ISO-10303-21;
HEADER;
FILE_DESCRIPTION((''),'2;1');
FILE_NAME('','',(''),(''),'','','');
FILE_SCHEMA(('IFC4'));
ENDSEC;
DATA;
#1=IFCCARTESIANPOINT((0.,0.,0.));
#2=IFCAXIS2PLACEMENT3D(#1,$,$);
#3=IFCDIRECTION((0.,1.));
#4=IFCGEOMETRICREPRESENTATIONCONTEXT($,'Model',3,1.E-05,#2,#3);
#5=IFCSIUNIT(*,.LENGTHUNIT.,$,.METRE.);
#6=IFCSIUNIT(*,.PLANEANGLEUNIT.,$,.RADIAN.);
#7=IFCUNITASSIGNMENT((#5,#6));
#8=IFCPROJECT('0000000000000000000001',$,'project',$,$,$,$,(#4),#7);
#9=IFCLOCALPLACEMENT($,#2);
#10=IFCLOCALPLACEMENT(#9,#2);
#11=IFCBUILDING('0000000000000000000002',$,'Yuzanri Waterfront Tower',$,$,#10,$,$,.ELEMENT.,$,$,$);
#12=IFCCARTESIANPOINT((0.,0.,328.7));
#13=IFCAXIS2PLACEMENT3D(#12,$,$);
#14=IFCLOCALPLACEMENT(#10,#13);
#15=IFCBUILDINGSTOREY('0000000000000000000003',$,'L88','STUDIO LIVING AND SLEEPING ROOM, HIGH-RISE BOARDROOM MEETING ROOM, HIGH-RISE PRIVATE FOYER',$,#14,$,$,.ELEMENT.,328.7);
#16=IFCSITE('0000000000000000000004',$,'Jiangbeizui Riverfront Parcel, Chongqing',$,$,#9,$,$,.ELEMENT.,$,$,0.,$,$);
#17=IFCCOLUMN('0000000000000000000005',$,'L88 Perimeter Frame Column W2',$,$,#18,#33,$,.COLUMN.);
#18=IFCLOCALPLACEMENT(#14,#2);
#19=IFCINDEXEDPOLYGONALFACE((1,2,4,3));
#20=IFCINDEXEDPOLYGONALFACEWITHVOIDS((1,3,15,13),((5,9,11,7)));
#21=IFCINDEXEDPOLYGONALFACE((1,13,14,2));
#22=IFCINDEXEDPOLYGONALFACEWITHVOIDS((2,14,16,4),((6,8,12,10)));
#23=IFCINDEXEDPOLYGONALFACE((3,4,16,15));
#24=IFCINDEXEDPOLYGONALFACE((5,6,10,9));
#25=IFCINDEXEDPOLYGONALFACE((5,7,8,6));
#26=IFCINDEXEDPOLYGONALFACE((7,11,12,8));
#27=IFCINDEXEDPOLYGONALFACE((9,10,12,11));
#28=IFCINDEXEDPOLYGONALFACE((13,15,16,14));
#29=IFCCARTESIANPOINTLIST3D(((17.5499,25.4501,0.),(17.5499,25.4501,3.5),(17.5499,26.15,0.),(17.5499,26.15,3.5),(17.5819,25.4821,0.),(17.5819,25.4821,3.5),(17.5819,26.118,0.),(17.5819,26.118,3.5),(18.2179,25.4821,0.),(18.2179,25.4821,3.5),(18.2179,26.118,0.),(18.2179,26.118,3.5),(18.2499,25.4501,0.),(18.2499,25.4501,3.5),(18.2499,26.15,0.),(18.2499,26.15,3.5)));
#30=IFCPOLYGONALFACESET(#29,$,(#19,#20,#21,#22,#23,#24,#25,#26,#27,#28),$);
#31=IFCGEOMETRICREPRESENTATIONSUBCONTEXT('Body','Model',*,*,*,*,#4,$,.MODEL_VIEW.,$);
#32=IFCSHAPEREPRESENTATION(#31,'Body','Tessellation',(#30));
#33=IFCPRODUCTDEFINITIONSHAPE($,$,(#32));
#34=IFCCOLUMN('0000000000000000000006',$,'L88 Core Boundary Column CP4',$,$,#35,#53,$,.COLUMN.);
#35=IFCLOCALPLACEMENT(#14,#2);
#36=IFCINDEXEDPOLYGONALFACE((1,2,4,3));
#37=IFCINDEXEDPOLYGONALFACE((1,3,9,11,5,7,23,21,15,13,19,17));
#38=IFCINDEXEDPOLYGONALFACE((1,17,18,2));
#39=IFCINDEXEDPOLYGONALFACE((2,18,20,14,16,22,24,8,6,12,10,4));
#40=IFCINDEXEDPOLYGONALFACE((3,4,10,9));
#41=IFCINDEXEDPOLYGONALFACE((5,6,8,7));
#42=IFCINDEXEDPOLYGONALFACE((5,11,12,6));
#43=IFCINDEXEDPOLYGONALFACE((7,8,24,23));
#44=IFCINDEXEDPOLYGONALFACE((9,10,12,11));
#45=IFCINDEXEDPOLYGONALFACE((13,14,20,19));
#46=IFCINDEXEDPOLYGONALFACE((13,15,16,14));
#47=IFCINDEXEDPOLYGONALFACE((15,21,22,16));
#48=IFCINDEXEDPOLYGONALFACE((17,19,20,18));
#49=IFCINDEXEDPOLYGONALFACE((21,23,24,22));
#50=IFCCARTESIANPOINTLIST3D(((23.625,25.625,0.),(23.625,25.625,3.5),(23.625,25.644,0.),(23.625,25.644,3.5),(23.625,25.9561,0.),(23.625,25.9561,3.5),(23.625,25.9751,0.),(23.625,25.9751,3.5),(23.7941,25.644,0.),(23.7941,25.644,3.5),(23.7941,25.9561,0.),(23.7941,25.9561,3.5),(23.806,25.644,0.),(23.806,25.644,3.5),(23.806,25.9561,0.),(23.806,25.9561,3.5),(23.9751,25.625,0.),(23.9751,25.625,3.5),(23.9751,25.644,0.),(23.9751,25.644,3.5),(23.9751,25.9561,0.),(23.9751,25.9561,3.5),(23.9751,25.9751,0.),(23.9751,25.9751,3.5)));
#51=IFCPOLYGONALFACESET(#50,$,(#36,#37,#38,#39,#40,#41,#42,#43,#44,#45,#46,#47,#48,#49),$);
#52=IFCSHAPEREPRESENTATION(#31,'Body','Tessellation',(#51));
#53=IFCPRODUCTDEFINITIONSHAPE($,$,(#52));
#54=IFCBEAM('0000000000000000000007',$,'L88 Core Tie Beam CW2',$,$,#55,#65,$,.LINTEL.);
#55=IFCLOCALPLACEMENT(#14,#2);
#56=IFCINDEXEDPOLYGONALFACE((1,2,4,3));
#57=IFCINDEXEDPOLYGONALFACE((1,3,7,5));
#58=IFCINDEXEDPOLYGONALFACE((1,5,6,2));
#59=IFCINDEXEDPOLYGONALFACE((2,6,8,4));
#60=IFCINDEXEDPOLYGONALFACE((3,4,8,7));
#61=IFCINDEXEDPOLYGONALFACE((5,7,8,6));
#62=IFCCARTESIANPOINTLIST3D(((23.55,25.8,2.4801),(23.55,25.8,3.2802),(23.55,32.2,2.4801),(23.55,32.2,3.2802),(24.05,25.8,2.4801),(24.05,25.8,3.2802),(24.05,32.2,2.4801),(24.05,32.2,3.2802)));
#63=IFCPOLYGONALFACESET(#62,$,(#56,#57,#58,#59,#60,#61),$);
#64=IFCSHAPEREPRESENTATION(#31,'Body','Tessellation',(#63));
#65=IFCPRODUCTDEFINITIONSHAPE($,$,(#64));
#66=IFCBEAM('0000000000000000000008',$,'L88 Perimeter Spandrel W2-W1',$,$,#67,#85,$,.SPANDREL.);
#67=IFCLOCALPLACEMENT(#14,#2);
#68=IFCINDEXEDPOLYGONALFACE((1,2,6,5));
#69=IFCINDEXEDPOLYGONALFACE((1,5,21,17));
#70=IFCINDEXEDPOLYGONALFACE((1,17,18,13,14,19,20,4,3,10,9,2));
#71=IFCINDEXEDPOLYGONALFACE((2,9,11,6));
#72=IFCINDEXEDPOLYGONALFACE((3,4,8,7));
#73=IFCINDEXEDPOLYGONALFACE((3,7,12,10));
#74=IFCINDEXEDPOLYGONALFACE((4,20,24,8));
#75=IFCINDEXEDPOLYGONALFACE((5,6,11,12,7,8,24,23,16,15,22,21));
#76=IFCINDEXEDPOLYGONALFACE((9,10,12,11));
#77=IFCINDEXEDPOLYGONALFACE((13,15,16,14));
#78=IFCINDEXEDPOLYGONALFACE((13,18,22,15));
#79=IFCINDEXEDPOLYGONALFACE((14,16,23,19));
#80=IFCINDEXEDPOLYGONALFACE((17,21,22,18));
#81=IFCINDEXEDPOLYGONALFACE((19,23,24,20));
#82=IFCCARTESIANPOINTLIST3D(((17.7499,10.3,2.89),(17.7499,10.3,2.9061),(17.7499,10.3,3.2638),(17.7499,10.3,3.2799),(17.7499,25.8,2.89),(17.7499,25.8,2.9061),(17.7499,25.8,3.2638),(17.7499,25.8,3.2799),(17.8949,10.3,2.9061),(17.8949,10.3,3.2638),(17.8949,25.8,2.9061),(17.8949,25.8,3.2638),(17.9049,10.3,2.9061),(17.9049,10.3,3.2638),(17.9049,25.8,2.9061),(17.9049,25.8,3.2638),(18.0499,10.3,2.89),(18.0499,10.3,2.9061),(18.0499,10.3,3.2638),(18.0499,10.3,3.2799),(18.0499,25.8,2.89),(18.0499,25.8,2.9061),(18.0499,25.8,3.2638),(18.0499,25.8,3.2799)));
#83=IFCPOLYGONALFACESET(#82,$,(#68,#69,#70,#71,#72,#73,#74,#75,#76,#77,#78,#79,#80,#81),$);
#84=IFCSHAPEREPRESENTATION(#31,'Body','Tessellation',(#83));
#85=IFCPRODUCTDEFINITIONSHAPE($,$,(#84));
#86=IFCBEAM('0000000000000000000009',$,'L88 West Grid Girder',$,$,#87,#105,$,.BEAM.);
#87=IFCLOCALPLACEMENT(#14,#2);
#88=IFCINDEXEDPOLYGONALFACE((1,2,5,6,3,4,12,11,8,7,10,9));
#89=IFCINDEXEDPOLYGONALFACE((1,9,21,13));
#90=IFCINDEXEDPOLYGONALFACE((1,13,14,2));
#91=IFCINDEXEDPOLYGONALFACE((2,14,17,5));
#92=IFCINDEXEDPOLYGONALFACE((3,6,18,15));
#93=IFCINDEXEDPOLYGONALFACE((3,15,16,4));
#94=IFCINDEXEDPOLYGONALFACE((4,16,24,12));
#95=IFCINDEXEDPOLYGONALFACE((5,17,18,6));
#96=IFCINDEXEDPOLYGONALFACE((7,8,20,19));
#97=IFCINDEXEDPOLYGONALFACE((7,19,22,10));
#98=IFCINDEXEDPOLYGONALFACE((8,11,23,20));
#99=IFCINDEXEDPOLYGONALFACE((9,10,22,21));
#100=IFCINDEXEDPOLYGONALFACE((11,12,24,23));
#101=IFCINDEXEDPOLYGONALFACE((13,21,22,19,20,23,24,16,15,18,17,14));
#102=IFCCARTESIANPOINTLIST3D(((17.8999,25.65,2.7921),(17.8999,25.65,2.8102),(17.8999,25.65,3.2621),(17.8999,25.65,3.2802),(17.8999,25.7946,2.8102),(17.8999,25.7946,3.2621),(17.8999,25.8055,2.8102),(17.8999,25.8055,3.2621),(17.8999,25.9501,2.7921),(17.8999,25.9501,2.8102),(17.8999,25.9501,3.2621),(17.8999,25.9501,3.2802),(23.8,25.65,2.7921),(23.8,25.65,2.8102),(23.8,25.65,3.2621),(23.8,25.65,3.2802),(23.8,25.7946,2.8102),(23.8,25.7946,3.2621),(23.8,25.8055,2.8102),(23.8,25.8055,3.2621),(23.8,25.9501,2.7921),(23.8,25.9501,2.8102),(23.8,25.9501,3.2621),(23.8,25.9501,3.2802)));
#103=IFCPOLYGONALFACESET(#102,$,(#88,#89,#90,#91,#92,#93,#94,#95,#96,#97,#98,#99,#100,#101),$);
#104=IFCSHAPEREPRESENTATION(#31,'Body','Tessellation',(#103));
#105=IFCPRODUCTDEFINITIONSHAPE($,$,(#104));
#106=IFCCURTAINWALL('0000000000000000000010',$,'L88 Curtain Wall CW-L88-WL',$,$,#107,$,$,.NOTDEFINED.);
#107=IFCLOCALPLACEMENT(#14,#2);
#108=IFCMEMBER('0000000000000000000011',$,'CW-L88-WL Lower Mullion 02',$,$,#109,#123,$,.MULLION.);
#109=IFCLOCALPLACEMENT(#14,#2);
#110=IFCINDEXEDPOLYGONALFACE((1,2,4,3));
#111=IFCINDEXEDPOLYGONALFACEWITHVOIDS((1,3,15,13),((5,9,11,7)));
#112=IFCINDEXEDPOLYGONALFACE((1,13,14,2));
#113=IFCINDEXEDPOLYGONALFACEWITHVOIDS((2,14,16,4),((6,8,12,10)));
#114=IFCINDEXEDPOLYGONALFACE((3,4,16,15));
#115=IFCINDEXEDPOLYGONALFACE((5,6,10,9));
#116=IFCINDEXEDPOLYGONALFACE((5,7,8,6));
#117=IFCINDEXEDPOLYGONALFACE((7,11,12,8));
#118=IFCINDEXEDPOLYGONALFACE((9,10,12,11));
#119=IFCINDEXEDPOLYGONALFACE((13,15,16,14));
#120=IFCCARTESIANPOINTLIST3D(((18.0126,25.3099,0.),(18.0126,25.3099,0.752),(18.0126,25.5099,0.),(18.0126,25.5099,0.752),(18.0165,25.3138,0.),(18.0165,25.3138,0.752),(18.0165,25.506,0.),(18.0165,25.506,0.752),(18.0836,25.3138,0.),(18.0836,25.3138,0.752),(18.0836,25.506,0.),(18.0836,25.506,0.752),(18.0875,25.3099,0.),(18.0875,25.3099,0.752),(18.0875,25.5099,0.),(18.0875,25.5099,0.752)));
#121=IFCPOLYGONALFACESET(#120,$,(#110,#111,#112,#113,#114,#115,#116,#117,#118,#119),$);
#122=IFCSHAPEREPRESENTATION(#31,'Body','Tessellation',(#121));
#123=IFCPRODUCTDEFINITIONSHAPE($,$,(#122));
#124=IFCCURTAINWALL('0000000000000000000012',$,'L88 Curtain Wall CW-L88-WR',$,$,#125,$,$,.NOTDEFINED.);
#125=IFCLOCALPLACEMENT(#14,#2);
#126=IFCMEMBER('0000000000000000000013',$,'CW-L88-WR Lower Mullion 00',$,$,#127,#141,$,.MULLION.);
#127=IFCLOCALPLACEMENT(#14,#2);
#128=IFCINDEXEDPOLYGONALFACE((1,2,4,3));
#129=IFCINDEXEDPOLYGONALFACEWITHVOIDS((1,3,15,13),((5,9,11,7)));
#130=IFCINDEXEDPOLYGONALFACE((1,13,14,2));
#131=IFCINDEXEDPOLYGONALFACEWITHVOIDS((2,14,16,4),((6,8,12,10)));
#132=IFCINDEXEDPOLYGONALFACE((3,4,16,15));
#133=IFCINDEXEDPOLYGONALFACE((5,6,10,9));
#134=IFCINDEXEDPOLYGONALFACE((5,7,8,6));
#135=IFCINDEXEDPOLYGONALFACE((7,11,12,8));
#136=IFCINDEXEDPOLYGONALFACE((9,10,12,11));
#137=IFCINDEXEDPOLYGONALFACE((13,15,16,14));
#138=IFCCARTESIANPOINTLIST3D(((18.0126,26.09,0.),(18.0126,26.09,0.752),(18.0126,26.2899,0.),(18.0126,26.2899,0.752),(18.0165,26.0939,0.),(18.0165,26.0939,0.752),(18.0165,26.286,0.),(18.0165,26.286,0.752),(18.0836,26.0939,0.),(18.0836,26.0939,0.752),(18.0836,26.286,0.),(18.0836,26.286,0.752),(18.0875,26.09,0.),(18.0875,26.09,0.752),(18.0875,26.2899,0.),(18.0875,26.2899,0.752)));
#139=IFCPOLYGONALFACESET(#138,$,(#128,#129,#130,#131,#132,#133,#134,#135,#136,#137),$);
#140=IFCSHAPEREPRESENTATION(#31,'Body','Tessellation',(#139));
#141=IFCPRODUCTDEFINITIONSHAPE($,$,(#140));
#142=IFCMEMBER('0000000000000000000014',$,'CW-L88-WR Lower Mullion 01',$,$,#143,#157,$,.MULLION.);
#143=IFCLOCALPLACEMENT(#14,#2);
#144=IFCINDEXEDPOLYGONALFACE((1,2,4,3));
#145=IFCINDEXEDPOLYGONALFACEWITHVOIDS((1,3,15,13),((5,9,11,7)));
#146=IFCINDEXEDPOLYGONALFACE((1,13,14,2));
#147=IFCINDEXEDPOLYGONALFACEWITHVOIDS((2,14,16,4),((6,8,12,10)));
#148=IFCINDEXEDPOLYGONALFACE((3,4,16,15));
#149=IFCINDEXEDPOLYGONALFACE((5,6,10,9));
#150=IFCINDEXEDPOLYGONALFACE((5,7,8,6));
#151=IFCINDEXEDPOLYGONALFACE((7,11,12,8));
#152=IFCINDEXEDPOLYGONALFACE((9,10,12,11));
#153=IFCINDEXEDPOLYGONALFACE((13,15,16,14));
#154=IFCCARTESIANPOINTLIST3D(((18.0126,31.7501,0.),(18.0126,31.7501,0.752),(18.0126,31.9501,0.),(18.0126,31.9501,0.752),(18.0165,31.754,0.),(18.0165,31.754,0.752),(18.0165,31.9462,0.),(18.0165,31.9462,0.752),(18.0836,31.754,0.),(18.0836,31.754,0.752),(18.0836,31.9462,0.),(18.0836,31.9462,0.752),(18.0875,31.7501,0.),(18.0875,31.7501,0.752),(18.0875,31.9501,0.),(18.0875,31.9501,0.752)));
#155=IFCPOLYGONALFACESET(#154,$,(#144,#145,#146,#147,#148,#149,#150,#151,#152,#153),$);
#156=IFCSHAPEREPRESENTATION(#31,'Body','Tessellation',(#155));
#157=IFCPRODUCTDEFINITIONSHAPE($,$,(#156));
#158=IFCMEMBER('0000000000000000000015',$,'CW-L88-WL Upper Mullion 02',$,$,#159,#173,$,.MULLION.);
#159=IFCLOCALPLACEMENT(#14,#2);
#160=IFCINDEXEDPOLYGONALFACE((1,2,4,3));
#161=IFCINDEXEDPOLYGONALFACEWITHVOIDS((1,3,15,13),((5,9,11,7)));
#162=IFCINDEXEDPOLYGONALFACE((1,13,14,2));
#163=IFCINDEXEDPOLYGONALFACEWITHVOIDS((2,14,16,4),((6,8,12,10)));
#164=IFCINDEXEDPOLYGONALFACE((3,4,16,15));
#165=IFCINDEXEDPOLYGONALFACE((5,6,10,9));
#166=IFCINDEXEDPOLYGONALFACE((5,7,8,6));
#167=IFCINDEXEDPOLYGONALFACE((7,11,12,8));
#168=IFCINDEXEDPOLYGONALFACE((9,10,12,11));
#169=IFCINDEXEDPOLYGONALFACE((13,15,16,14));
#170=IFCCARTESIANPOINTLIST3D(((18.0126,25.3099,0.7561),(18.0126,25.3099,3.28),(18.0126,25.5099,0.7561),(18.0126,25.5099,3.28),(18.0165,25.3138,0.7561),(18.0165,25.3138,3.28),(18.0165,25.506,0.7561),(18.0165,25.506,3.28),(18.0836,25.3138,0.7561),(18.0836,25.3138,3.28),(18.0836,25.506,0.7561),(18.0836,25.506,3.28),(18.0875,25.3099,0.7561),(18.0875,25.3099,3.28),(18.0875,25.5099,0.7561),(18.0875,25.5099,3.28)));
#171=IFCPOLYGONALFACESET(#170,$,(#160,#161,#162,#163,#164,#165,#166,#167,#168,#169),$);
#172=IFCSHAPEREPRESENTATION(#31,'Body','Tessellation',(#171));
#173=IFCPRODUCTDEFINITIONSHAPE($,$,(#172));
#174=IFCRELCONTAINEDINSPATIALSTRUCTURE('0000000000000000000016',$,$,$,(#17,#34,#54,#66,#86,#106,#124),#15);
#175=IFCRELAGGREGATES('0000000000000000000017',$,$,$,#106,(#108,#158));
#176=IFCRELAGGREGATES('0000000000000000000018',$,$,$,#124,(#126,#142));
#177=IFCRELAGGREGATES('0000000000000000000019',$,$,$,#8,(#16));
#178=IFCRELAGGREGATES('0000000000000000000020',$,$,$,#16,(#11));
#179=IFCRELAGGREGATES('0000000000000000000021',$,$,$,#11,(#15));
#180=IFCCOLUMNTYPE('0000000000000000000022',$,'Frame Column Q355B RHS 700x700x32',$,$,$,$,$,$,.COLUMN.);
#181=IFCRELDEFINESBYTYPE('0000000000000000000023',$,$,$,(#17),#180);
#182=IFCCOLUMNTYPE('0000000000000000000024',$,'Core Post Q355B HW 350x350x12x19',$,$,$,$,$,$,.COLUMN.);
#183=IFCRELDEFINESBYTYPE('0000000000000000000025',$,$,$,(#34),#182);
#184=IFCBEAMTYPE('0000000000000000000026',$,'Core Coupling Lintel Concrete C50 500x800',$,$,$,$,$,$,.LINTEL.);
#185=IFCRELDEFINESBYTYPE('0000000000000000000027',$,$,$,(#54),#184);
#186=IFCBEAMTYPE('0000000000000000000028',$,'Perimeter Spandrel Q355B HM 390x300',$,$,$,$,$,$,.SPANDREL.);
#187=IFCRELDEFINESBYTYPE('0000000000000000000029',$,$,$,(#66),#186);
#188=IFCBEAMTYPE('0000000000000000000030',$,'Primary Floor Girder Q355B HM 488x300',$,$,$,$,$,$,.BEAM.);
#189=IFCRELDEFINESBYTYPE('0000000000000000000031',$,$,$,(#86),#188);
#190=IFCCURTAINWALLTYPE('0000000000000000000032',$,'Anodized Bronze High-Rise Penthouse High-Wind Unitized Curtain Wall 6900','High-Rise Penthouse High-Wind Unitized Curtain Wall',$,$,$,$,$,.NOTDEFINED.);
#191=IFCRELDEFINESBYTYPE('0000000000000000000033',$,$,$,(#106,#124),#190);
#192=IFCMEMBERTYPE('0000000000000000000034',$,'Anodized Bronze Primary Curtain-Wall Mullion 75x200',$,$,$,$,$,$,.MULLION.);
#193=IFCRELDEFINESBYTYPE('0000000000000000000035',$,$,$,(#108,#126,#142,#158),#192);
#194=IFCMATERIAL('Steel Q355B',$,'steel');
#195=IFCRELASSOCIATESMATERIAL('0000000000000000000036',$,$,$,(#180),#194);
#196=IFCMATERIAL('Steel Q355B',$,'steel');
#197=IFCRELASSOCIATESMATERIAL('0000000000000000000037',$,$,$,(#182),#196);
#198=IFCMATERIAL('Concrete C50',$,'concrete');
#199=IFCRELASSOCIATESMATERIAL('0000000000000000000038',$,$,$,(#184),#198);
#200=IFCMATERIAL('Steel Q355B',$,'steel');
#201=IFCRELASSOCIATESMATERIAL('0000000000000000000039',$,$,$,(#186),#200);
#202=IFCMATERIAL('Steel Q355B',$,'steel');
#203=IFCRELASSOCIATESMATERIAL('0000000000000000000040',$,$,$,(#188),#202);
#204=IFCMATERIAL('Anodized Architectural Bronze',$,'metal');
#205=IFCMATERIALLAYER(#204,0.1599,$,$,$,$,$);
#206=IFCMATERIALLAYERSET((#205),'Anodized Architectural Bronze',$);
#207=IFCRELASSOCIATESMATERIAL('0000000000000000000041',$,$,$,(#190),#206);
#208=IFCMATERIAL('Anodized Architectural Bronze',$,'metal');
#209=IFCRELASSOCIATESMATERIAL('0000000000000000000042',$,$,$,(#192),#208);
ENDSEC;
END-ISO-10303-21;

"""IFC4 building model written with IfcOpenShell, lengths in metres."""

from ifc_helpers import new_model, si_unit, direction, frame, origin, origin_2d, place, context, subcontext, project, spatial, rectangle, hollow_rectangle, i_section, extrude, source, transform, mapped, material, layer, layer_set, material_profile, profile_set, type_object, element, aggregate, save


model = new_model("IFC4")

# Units and contexts
model_context = context("Model", 3, precision=1e-05, world=origin(), true_north=direction((0.0, 1.0)))
body_context = subcontext(model_context, "Body", "Model", "MODEL_VIEW")
ifc_project = project(units=[si_unit("LENGTHUNIT", "METRE"), si_unit("PLANEANGLEUNIT", "RADIAN")], contexts=[model_context])

# Site, building, storey
site_placement = place(None, origin())
site = spatial("IfcSite", under=ifc_project, at=site_placement, Name="Jiangbeizui Riverfront Parcel, Chongqing", CompositionType="ELEMENT", RefElevation=0.0)
building_placement = place(site_placement, origin())
building = spatial("IfcBuilding", under=site, at=building_placement, Name="Yuzanri Waterfront Tower", CompositionType="ELEMENT")
storey_placement = place(building_placement, frame((0.0, 0.0, 328.7)))
storey = spatial("IfcBuildingStorey", under=building, at=storey_placement, Name="L88", Description="STUDIO LIVING AND SLEEPING ROOM, HIGH-RISE BOARDROOM MEETING ROOM, HIGH-RISE PRIVATE FOYER", CompositionType="ELEMENT", Elevation=328.7)

# Columns
ifc_material_1 = material(Name="Steel Q355B", Category="steel")
ifc_material_profile_1 = material_profile(ifc_material_1, hollow_rectangle(XDim=0.7, YDim=0.7, WallThickness=0.032, at=origin_2d()), Name="RHS 700x700x32")
ifc_profile_set_1 = profile_set([ifc_material_profile_1], Name="Steel Q355B")
column_type_1 = type_object("IfcColumnType", Name="Frame Column Q355B RHS 700x700x32", PredefinedType="COLUMN", material=ifc_profile_set_1)
shared_shape_1 = source(origin(), body_context, "Body", "SweptSolid", [
    extrude(hollow_rectangle(XDim=0.7, YDim=0.7, WallThickness=0.032, at=origin_2d()), origin(), (0.0, 0.0, 1.0), 3.5),
])
column_1_placement = place(storey_placement, frame((17.8999, 25.8, 0.0), z_axis=(0.0, 0.0, 1.0), x_axis=(1.0, 0.0, 0.0)))
element("IfcColumn", 1, at=column_1_placement, inside=storey, type_object=column_type_1, Name="L88 Perimeter Frame Column W2", PredefinedType="COLUMN", context=body_context, shape_type="MappedRepresentation", body=[
    mapped(shared_shape_1, transform((0.0, 0.0, 0.0), scale=1.0)),
])
ifc_material_2 = material(Name="Steel Q355B", Category="steel")
ifc_material_profile_2 = material_profile(ifc_material_2, i_section(OverallWidth=0.3501, OverallDepth=0.3501, WebThickness=0.012, FlangeThickness=0.019, at=origin_2d()), Name="HW 350x350x12x19")
ifc_profile_set_2 = profile_set([ifc_material_profile_2], Name="Steel Q355B")
column_type_2 = type_object("IfcColumnType", Name="Core Post Q355B HW 350x350x12x19", PredefinedType="COLUMN", material=ifc_profile_set_2)
shared_shape_2 = source(origin(), body_context, "Body", "SweptSolid", [
    extrude(i_section(OverallWidth=0.3501, OverallDepth=0.3501, WebThickness=0.012, FlangeThickness=0.019, at=origin_2d()), origin(), (0.0, 0.0, 1.0), 3.5),
])
column_2_placement = place(storey_placement, frame((23.8, 25.8, 0.0), z_axis=(0.0, 0.0, 1.0), x_axis=(1.0, 0.0, 0.0)))
element("IfcColumn", 2, at=column_2_placement, inside=storey, type_object=column_type_2, Name="L88 Core Boundary Column CP4", PredefinedType="COLUMN", context=body_context, shape_type="MappedRepresentation", body=[
    mapped(shared_shape_2, transform((0.0, 0.0, 0.0), scale=1.0)),
])

# Beams
ifc_material_3 = material(Name="Concrete C50", Category="concrete")
ifc_material_profile_3 = material_profile(ifc_material_3, rectangle(XDim=0.5, YDim=0.8, at=origin_2d()), Name="RC 500x800")
ifc_profile_set_3 = profile_set([ifc_material_profile_3], Name="Concrete C50")
beam_type_1 = type_object("IfcBeamType", Name="Core Coupling Lintel Concrete C50 500x800", PredefinedType="LINTEL", material=ifc_profile_set_3)
shared_shape_3 = source(origin(), body_context, "Body", "SweptSolid", [
    extrude(rectangle(XDim=0.5, YDim=0.8, at=origin_2d()), origin(), (0.0, 0.0, 1.0), 6.3999),
])
beam_1_placement = place(storey_placement, frame((23.8, 25.8, 2.8801), z_axis=(0.0, 1.0, 0.0), x_axis=(-1.0, 0.0, 0.0)))
element("IfcBeam", 3, at=beam_1_placement, inside=storey, type_object=beam_type_1, Name="L88 Core Tie Beam CW2", PredefinedType="LINTEL", context=body_context, shape_type="MappedRepresentation", body=[
    mapped(shared_shape_3, transform((0.0, 0.0, 0.0), scale=1.0)),
])
ifc_material_4 = material(Name="Steel Q355B", Category="steel")
ifc_material_profile_4 = material_profile(ifc_material_4, i_section(OverallWidth=0.3, OverallDepth=0.3899, WebThickness=0.01, FlangeThickness=0.0161, at=origin_2d()), Name="HM 390x300x10x16")
ifc_profile_set_4 = profile_set([ifc_material_profile_4], Name="Steel Q355B")
beam_type_2 = type_object("IfcBeamType", Name="Perimeter Spandrel Q355B HM 390x300", PredefinedType="SPANDREL", material=ifc_profile_set_4)
shared_shape_4 = source(origin(), body_context, "Body", "SweptSolid", [
    extrude(i_section(OverallWidth=0.3, OverallDepth=0.3899, WebThickness=0.01, FlangeThickness=0.0161, at=origin_2d()), origin(), (0.0, 0.0, 1.0), 15.5),
])
beam_2_placement = place(storey_placement, frame((17.8999, 25.8, 3.085), z_axis=(0.0, -1.0, 0.0), x_axis=(1.0, 0.0, 0.0)))
element("IfcBeam", 4, at=beam_2_placement, inside=storey, type_object=beam_type_2, Name="L88 Perimeter Spandrel W2-W1", PredefinedType="SPANDREL", context=body_context, shape_type="MappedRepresentation", body=[
    mapped(shared_shape_4, transform((0.0, 0.0, 0.0), scale=1.0)),
])
ifc_material_5 = material(Name="Steel Q355B", Category="steel")
ifc_material_profile_5 = material_profile(ifc_material_5, i_section(OverallWidth=0.3, OverallDepth=0.488, WebThickness=0.011, FlangeThickness=0.0181, at=origin_2d()), Name="HM 488x300x11x18")
ifc_profile_set_5 = profile_set([ifc_material_profile_5], Name="Steel Q355B")
beam_type_3 = type_object("IfcBeamType", Name="Primary Floor Girder Q355B HM 488x300", PredefinedType="BEAM", material=ifc_profile_set_5)
shared_shape_5 = source(origin(), body_context, "Body", "SweptSolid", [
    extrude(i_section(OverallWidth=0.3, OverallDepth=0.488, WebThickness=0.011, FlangeThickness=0.0181, at=origin_2d()), origin(), (0.0, 0.0, 1.0), 5.9001),
])
beam_3_placement = place(storey_placement, frame((23.8, 25.8, 3.0361), z_axis=(-1.0, 0.0, 0.0), x_axis=(0.0, -1.0, 0.0)))
element("IfcBeam", 5, at=beam_3_placement, inside=storey, type_object=beam_type_3, Name="L88 West Grid Girder", PredefinedType="BEAM", context=body_context, shape_type="MappedRepresentation", body=[
    mapped(shared_shape_5, transform((0.0, 0.0, 0.0), scale=1.0)),
])

# Curtain wall, member
ifc_material_6 = material(Name="Anodized Architectural Bronze", Category="metal")
ifc_layer_1 = layer(ifc_material_6, 0.1599)
ifc_layer_set_1 = layer_set([ifc_layer_1], Name="Anodized Architectural Bronze")
curtain_wall_type = type_object("IfcCurtainWallType", Name="Anodized Bronze High-Rise Penthouse High-Wind Unitized Curtain Wall 6900", Description="High-Rise Penthouse High-Wind Unitized Curtain Wall", PredefinedType="NOTDEFINED", material=ifc_layer_set_1)
curtain_wall_1_placement = place(storey_placement, origin())
curtain_wall_1 = element("IfcCurtainWall", 6, at=curtain_wall_1_placement, inside=storey, type_object=curtain_wall_type, Name="L88 Curtain Wall CW-L88-WL", PredefinedType="NOTDEFINED")
ifc_material_7 = material(Name="Anodized Architectural Bronze", Category="metal")
ifc_material_profile_6 = material_profile(ifc_material_7, hollow_rectangle(XDim=0.075, YDim=0.2, WallThickness=0.0039, at=origin_2d()), Name="CWM 75x200")
ifc_profile_set_6 = profile_set([ifc_material_profile_6], Name="Anodized Architectural Bronze")
member_type_1 = type_object("IfcMemberType", Name="Anodized Bronze Primary Curtain-Wall Mullion 75x200", PredefinedType="MULLION", material=ifc_profile_set_6)
shared_shape_6 = source(origin(), body_context, "Body", "SweptSolid", [
    extrude(hollow_rectangle(XDim=0.075, YDim=0.2, WallThickness=0.0039, at=origin_2d()), origin(), (0.0, 0.0, 1.0), 0.752),
])
member_1_placement = place(storey_placement, frame((18.05, 25.4099, 0.0), z_axis=(0.0, 0.0, 1.0), x_axis=(1.0, 0.0, 0.0)))
member_1 = element("IfcMember", 7, at=member_1_placement, type_object=member_type_1, Name="CW-L88-WL Lower Mullion 02", PredefinedType="MULLION", context=body_context, shape_type="MappedRepresentation", body=[
    mapped(shared_shape_6, transform((0.0, 0.0, 0.0), scale=1.0)),
])

# Curtain wall, members
curtain_wall_2_placement = place(storey_placement, origin())
curtain_wall_2 = element("IfcCurtainWall", 8, at=curtain_wall_2_placement, inside=storey, type_object=curtain_wall_type, Name="L88 Curtain Wall CW-L88-WR", PredefinedType="NOTDEFINED")
member_2_placement = place(storey_placement, frame((18.05, 26.1899, 0.0), z_axis=(0.0, 0.0, 1.0), x_axis=(1.0, 0.0, 0.0)))
member_2 = element("IfcMember", 9, at=member_2_placement, type_object=member_type_1, Name="CW-L88-WR Lower Mullion 00", PredefinedType="MULLION", context=body_context, shape_type="MappedRepresentation", body=[
    mapped(shared_shape_6, transform((0.0, 0.0, 0.0), scale=1.0)),
])
member_3_placement = place(storey_placement, frame((18.05, 31.8501, 0.0), z_axis=(0.0, 0.0, 1.0), x_axis=(1.0, 0.0, 0.0)))
member_3 = element("IfcMember", 10, at=member_3_placement, type_object=member_type_1, Name="CW-L88-WR Lower Mullion 01", PredefinedType="MULLION", context=body_context, shape_type="MappedRepresentation", body=[
    mapped(shared_shape_6, transform((0.0, 0.0, 0.0), scale=1.0)),
])

# Member
shared_shape_7 = source(origin(), body_context, "Body", "SweptSolid", [
    extrude(hollow_rectangle(XDim=0.075, YDim=0.2, WallThickness=0.0039, at=origin_2d()), origin(), (0.0, 0.0, 1.0), 2.5239),
])
member_4_placement = place(storey_placement, frame((18.05, 25.4099, 0.7561), z_axis=(0.0, 0.0, 1.0), x_axis=(1.0, 0.0, 0.0)))
member_4 = element("IfcMember", 11, at=member_4_placement, type_object=member_type_1, Name="CW-L88-WL Upper Mullion 02", PredefinedType="MULLION", context=body_context, shape_type="MappedRepresentation", body=[
    mapped(shared_shape_7, transform((0.0, 0.0, 0.0), scale=1.0)),
])
aggregate(curtain_wall_1, [member_1, member_4])

aggregate(curtain_wall_2, [member_2, member_3])

save(model, "model.ifc")
